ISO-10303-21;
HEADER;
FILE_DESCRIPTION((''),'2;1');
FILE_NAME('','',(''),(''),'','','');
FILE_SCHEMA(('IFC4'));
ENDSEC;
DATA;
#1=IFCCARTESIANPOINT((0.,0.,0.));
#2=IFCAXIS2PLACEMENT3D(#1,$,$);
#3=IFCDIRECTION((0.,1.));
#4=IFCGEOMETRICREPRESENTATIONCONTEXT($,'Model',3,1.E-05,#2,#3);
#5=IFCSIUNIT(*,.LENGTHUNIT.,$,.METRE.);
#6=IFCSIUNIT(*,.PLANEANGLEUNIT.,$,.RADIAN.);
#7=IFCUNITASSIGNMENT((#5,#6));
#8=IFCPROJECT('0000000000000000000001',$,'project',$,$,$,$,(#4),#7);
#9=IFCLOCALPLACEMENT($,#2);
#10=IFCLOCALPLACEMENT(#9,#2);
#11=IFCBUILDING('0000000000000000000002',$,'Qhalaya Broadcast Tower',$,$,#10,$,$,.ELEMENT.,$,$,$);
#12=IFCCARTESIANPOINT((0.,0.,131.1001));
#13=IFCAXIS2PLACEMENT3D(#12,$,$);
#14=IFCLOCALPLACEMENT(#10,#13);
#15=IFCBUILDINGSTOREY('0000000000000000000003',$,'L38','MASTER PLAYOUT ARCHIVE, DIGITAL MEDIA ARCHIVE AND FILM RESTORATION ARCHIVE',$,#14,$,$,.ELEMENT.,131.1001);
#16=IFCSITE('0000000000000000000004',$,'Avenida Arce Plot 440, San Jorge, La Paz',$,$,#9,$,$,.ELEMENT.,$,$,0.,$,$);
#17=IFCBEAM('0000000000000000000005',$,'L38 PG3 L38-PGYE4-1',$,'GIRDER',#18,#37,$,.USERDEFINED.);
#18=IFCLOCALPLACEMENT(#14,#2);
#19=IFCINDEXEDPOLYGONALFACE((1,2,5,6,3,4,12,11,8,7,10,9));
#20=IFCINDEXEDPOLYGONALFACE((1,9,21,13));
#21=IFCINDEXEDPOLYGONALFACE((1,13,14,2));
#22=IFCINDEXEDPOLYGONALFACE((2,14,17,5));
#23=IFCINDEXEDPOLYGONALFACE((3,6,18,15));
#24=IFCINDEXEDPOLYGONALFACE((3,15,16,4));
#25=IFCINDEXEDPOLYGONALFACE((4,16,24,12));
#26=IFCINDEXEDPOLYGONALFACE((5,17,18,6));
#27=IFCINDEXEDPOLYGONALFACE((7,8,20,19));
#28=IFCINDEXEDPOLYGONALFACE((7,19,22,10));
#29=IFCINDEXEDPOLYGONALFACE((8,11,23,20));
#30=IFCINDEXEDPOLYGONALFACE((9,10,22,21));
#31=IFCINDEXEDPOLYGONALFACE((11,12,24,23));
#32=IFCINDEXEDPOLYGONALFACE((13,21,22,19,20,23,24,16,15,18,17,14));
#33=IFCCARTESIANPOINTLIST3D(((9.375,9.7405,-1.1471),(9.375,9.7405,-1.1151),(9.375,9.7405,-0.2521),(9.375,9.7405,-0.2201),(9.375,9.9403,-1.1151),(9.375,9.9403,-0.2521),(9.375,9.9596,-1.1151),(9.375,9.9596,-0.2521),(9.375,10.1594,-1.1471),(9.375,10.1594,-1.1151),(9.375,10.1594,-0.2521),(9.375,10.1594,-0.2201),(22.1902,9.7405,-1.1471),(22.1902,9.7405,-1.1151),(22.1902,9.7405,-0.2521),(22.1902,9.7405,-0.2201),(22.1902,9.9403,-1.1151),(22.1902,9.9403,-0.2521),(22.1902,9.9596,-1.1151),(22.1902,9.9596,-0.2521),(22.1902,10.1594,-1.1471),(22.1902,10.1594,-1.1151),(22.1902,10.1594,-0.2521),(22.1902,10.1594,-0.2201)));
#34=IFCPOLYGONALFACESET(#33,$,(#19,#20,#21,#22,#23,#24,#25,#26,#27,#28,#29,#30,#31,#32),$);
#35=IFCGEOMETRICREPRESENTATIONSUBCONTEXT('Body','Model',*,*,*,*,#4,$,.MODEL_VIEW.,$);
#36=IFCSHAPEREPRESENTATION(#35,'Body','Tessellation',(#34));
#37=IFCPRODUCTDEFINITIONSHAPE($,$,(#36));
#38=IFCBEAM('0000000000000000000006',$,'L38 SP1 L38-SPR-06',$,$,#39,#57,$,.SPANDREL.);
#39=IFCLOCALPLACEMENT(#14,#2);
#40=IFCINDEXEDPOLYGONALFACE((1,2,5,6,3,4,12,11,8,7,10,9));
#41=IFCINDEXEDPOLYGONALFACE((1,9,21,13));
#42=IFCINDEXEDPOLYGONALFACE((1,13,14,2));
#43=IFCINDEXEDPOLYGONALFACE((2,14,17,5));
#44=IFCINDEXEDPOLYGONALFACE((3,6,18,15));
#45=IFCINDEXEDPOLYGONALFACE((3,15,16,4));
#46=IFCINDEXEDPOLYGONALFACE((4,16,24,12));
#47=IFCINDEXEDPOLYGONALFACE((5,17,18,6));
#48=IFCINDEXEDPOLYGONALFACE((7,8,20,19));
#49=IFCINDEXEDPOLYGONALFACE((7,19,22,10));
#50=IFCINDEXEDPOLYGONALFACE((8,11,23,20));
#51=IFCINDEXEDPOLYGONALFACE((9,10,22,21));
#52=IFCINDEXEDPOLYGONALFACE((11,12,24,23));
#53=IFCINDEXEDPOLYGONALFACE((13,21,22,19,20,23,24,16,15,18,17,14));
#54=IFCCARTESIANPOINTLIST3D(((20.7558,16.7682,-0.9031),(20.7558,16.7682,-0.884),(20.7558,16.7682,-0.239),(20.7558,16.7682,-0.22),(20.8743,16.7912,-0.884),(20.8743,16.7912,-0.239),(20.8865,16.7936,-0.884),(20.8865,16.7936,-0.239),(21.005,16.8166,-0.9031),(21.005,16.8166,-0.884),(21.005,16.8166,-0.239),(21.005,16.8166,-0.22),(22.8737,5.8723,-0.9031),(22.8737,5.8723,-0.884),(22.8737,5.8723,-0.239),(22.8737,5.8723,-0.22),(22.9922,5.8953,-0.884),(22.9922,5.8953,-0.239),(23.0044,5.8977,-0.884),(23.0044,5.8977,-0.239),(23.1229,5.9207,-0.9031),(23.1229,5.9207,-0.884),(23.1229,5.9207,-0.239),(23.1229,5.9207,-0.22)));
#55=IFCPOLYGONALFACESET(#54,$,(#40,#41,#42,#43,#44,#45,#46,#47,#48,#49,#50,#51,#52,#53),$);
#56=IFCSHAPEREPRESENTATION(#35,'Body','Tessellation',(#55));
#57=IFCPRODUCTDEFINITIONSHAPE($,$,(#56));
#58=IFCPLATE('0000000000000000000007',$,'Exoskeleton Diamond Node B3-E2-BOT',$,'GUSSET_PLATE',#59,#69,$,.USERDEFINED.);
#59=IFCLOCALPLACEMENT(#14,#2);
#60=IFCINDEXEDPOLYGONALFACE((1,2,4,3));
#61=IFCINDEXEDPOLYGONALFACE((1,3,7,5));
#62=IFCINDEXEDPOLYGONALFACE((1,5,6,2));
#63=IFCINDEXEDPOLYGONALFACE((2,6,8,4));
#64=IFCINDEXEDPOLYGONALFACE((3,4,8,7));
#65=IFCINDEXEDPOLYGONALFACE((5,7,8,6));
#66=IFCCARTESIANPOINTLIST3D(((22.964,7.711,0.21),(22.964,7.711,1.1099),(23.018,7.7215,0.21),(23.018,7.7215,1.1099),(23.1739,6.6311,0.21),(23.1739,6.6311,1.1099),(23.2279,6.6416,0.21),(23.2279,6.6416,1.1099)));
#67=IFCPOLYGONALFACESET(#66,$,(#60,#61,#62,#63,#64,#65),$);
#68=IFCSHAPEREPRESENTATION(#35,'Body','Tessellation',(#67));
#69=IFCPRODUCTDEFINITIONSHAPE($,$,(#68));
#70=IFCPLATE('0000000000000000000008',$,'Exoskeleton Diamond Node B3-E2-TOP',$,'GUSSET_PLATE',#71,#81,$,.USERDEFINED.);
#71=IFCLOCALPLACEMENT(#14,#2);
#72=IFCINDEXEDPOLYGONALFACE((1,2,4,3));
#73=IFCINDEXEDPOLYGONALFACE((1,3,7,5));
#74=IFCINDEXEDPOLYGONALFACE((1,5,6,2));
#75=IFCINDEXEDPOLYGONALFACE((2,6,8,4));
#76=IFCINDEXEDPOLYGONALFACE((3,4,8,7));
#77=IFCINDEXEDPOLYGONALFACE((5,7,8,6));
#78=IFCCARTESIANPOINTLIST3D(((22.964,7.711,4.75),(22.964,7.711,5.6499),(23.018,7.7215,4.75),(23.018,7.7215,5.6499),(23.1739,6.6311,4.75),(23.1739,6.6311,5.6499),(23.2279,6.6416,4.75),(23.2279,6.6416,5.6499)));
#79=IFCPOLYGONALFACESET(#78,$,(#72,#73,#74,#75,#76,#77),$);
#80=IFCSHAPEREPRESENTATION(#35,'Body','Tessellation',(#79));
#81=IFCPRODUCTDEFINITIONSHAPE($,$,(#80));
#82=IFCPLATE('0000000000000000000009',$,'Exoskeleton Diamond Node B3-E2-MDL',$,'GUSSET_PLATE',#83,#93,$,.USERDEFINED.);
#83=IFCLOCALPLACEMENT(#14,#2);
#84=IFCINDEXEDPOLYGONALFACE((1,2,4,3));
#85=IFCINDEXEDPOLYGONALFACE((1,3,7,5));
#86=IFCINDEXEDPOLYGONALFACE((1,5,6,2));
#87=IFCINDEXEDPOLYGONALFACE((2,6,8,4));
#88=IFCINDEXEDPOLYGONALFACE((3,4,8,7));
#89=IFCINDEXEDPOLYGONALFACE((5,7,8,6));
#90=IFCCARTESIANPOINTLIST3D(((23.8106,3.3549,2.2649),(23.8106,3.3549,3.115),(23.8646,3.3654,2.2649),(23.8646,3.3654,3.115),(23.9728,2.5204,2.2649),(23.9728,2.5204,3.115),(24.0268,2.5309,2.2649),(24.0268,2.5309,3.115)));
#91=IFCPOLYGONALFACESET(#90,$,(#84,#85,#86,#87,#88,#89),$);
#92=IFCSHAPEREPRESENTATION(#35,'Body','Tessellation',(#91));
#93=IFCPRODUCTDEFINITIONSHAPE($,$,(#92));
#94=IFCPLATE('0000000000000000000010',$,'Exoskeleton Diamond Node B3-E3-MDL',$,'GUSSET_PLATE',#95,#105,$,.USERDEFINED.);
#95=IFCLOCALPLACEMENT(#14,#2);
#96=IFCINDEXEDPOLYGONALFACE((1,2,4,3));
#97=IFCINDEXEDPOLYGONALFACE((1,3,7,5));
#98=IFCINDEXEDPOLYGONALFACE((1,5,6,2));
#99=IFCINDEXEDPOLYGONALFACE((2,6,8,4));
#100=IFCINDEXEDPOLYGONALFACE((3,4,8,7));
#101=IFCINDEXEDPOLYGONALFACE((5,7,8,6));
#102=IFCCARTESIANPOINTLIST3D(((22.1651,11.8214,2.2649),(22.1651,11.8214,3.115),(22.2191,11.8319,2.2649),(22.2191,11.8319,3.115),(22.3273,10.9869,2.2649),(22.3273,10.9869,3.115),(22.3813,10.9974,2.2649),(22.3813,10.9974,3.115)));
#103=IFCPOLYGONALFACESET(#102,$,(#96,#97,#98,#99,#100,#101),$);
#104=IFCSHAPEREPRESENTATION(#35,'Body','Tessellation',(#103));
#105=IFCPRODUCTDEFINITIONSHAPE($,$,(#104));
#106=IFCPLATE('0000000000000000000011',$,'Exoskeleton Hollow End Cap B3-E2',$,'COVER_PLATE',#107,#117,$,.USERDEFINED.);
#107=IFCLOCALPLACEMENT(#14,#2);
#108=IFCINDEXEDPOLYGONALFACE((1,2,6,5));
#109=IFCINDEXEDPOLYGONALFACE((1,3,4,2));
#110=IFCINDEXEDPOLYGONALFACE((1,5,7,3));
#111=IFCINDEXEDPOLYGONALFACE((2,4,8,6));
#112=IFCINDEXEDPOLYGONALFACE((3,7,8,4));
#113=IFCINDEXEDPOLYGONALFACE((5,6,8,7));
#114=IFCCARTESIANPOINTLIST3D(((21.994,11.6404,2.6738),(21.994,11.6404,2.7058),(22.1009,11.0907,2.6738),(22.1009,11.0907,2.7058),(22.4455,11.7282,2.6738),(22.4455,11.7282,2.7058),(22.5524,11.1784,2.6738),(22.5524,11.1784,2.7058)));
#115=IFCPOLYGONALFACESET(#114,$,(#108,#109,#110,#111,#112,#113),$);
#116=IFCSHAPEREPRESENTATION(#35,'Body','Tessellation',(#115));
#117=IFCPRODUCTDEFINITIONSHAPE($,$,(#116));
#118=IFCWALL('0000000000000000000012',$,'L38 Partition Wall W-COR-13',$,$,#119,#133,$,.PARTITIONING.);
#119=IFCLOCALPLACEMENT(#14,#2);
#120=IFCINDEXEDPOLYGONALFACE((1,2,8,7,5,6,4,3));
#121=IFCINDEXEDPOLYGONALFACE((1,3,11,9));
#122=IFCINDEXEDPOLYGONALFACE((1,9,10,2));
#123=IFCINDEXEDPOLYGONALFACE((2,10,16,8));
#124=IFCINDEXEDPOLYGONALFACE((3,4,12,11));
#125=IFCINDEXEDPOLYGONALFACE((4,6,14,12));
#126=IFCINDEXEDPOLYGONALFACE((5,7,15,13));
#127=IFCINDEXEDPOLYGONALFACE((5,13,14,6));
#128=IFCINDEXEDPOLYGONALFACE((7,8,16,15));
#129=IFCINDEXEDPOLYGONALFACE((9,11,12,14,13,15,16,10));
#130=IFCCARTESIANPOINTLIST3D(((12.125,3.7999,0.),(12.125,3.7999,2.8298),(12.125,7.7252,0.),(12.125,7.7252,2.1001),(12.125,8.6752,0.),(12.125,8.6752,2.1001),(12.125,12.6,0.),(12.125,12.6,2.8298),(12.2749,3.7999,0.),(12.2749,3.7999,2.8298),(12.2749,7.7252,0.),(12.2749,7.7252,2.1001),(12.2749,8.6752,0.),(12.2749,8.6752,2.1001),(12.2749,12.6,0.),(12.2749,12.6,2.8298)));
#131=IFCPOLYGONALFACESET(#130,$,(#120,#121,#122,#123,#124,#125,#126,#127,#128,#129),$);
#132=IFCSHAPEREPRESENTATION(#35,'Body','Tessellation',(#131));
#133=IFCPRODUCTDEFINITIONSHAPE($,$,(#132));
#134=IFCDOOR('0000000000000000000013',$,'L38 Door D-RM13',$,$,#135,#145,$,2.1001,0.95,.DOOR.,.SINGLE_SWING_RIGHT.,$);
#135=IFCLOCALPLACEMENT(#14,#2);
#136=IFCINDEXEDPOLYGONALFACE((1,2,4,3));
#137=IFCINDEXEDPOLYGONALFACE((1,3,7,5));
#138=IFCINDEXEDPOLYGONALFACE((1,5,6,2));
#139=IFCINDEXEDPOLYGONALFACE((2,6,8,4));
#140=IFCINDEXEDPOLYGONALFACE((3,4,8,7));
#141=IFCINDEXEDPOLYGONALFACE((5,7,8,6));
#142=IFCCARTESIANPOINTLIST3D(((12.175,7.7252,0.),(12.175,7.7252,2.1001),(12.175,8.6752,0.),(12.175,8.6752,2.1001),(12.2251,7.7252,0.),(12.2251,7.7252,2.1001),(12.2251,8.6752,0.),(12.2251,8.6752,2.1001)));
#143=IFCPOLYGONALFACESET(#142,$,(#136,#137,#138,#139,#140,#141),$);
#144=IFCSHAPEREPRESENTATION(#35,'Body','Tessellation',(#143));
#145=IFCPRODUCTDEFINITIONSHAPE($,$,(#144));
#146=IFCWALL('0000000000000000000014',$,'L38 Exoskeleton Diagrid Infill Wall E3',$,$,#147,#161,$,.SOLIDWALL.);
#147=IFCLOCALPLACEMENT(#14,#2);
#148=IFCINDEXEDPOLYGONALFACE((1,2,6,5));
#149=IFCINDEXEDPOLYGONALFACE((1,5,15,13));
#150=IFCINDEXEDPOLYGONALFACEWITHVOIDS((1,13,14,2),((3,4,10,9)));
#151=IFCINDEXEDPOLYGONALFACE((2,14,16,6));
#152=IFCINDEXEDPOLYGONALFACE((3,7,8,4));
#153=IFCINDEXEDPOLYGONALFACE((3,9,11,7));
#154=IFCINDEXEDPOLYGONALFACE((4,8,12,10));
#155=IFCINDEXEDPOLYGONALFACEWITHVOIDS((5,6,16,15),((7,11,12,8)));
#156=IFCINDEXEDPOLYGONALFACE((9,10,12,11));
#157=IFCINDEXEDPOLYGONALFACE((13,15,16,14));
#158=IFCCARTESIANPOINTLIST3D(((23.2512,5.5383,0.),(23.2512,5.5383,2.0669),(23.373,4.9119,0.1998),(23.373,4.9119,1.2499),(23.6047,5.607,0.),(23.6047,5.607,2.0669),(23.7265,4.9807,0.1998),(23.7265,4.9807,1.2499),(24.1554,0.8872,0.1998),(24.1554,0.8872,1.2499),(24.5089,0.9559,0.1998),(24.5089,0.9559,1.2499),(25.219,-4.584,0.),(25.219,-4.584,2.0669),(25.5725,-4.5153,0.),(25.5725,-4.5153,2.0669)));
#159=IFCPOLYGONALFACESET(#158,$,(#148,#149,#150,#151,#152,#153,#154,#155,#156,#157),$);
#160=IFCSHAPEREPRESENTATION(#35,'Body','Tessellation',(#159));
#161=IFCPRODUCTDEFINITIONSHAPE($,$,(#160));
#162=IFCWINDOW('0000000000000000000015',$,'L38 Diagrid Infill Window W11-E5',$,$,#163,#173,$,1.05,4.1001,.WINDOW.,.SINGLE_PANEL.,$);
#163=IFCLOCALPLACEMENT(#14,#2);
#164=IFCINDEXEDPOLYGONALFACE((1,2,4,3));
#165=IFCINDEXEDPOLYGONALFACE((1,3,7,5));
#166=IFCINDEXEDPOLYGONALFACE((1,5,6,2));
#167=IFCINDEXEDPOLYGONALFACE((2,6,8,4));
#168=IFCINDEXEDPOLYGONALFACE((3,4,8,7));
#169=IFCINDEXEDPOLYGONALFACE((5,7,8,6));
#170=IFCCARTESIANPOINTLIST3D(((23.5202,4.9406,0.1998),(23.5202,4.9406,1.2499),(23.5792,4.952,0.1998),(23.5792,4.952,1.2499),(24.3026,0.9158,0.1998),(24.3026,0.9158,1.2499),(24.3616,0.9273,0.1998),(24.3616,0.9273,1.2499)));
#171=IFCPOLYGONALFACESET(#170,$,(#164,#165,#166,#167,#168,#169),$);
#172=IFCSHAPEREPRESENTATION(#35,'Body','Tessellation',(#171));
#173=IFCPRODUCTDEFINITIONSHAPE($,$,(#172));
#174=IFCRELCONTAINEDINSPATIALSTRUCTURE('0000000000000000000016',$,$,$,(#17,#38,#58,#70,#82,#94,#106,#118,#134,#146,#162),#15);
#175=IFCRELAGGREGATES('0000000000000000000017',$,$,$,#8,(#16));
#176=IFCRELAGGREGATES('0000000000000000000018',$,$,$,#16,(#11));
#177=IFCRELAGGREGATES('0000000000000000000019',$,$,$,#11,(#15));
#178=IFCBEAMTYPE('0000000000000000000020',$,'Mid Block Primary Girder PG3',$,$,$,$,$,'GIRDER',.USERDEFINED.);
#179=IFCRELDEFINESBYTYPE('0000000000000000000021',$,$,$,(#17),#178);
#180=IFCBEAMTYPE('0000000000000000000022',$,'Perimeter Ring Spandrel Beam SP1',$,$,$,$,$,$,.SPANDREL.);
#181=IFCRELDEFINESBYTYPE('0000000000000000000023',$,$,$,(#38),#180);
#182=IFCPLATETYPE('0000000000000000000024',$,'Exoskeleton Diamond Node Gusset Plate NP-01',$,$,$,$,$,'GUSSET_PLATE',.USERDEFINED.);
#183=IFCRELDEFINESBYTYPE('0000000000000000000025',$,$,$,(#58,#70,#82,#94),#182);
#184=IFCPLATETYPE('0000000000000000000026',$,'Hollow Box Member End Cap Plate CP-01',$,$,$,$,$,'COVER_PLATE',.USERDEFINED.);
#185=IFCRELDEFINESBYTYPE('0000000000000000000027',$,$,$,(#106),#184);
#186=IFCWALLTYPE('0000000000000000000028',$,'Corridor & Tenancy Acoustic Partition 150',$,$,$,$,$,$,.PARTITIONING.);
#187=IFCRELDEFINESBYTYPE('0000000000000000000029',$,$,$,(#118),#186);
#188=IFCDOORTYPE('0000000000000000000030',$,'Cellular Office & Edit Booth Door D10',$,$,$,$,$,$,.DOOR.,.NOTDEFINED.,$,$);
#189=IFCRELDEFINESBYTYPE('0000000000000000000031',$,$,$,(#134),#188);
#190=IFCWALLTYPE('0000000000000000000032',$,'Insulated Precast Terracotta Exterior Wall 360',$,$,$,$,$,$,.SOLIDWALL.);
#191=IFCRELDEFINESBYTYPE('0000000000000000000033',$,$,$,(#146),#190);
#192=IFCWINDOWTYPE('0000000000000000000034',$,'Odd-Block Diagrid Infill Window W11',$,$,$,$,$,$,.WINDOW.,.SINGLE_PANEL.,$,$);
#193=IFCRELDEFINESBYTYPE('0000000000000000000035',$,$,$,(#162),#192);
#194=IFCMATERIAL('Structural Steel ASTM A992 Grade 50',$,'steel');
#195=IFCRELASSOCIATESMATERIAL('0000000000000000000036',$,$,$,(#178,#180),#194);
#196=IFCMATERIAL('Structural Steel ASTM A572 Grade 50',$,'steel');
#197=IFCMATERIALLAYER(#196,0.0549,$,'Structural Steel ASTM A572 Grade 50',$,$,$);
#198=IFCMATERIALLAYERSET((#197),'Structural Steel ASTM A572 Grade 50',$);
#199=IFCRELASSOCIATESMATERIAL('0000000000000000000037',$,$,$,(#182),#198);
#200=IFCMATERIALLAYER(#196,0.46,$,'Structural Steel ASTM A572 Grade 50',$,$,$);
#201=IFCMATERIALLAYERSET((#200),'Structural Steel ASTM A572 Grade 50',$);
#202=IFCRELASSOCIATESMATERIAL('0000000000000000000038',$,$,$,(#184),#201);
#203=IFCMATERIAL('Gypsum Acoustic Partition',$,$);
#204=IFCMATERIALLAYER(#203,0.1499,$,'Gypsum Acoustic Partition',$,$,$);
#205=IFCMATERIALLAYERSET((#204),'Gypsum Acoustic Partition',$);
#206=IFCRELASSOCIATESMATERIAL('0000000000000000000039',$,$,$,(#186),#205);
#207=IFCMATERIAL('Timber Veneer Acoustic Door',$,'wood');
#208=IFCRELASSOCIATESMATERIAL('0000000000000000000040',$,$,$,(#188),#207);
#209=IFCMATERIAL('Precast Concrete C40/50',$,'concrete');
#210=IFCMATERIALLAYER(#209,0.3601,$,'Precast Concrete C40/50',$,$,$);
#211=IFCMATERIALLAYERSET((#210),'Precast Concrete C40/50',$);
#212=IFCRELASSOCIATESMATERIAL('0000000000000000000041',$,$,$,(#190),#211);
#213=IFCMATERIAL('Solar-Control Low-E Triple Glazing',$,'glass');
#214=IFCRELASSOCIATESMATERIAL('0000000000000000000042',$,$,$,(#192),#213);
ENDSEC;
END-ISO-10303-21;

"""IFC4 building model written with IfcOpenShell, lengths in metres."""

from ifc_helpers import new_model, si_unit, direction, frame, frame_2d, origin, origin_2d, place, context, subcontext, project, spatial, rectangle, i_section, extrude, material, layer, layer_set, material_profile, profile_set, type_object, element, fill, save


model = new_model("IFC4")

# Units and contexts
model_context = context("Model", 3, precision=1e-05, world=origin(), true_north=direction((0.0, 1.0)))
body_context = subcontext(model_context, "Body", "Model", "MODEL_VIEW")
ifc_project = project(units=[si_unit("LENGTHUNIT", "METRE"), si_unit("PLANEANGLEUNIT", "RADIAN")], contexts=[model_context])

# Site, building, storey
site_placement = place(None, origin())
site = spatial("IfcSite", under=ifc_project, at=site_placement, Name="Avenida Arce Plot 440, San Jorge, La Paz", CompositionType="ELEMENT", RefElevation=0.0)
building_placement = place(site_placement, origin())
building = spatial("IfcBuilding", under=site, at=building_placement, Name="Qhalaya Broadcast Tower", CompositionType="ELEMENT")
storey_placement = place(building_placement, frame((0.0, 0.0, 131.1001)))
storey = spatial("IfcBuildingStorey", under=building, at=storey_placement, Name="L38", Description="MASTER PLAYOUT ARCHIVE, DIGITAL MEDIA ARCHIVE AND FILM RESTORATION ARCHIVE", CompositionType="ELEMENT", Elevation=131.1001)

# Shared definitions
ifc_material_1 = material(Name="Structural Steel ASTM A572 Grade 50", Category="steel")

# Shared definitions
ifc_material_2 = material(Name="Structural Steel ASTM A992 Grade 50", Category="steel")

# Beams
ifc_material_profile_1 = material_profile(ifc_material_2, i_section(OverallWidth=0.4189, OverallDepth=0.927, WebThickness=0.0193, FlangeThickness=0.032, at=origin_2d()), Name="W36X231")
ifc_profile_set_1 = profile_set([ifc_material_profile_1], Name="Structural Steel ASTM A992 Grade 50")
beam_type_1 = type_object("IfcBeamType", Name="Mid Block Primary Girder PG3", ElementType="GIRDER", PredefinedType="USERDEFINED", material=ifc_profile_set_1)
beam_1_placement = place(storey_placement, frame((9.375, 9.95, -0.6836), z_axis=(1.0, 0.0, 0.0), x_axis=(0.0, 1.0, 0.0)))
element("IfcBeam", 1, at=beam_1_placement, inside=storey, type_object=beam_type_1, Name="L38 PG3 L38-PGYE4-1", ObjectType="GIRDER", PredefinedType="USERDEFINED", context=body_context, shape_type="SweptSolid", body=[
    extrude(i_section(OverallWidth=0.4189, OverallDepth=0.927, WebThickness=0.0193, FlangeThickness=0.032, at=origin_2d()), origin(), (0.0, 0.0, 1.0), 12.8152),
])
ifc_material_profile_2 = material_profile(ifc_material_2, i_section(OverallWidth=0.2539, OverallDepth=0.6831, WebThickness=0.0125, FlangeThickness=0.019, at=origin_2d()), Name="W27X94")
ifc_profile_set_2 = profile_set([ifc_material_profile_2], Name="Structural Steel ASTM A992 Grade 50")
beam_type_2 = type_object("IfcBeamType", Name="Perimeter Ring Spandrel Beam SP1", PredefinedType="SPANDREL", material=ifc_profile_set_2)
beam_2_placement = place(storey_placement, frame((22.9983, 5.8965, -0.5615), z_axis=(-0.190805, 0.981628, 0.0), x_axis=(-0.981628, -0.190805, 0.0)))
element("IfcBeam", 2, at=beam_2_placement, inside=storey, type_object=beam_type_2, Name="L38 SP1 L38-SPR-06", PredefinedType="SPANDREL", context=body_context, shape_type="SweptSolid", body=[
    extrude(i_section(OverallWidth=0.2539, OverallDepth=0.6831, WebThickness=0.0125, FlangeThickness=0.019, at=origin_2d()), origin(), (0.0, 0.0, 1.0), 11.0999),
])

# Plates
ifc_layer_1 = layer(ifc_material_1, 0.0549, Name="Structural Steel ASTM A572 Grade 50")
ifc_layer_set_1 = layer_set([ifc_layer_1], Name="Structural Steel ASTM A572 Grade 50")
plate_type_1 = type_object("IfcPlateType", Name="Exoskeleton Diamond Node Gusset Plate NP-01", ElementType="GUSSET_PLATE", PredefinedType="USERDEFINED", material=ifc_layer_set_1)
for number, where, z_axis, x_axis, name in (
    (3, (23.0959, 7.1763, 0.21), (0.0, 0.0, 1.0), (-0.190809, 0.981627, 0.0), "Exoskeleton Diamond Node B3-E2-BOT"),
    (4, (23.0959, 7.1763, 4.75), (0.0, 0.0, 1.0), (-0.190809, 0.981627, 0.0), "Exoskeleton Diamond Node B3-E2-TOP"),
):
    element("IfcPlate", number, at=place(storey_placement, frame(where, z_axis=z_axis, x_axis=x_axis)), inside=storey, type_object=plate_type_1, Name=name, ObjectType="GUSSET_PLATE", PredefinedType="USERDEFINED", context=body_context, shape_type="SweptSolid", body=[
        extrude(rectangle(XDim=1.1001, YDim=0.0549, at=origin_2d()), origin(), (0.0, 0.0, 1.0), 0.8999),
    ])
for number, where, z_axis, x_axis, name in (
    (5, (23.9187, 2.9429, 2.2649), (0.0, 0.0, 1.0), (-0.190809, 0.981627, 0.0), "Exoskeleton Diamond Node B3-E2-MDL"),
    (6, (22.2732, 11.4094, 2.2649), (0.0, 0.0, 1.0), (-0.190809, 0.981627, 0.0), "Exoskeleton Diamond Node B3-E3-MDL"),
):
    element("IfcPlate", number, at=place(storey_placement, frame(where, z_axis=z_axis, x_axis=x_axis)), inside=storey, type_object=plate_type_1, Name=name, ObjectType="GUSSET_PLATE", PredefinedType="USERDEFINED", context=body_context, shape_type="SweptSolid", body=[
        extrude(rectangle(XDim=0.8501, YDim=0.0549, at=origin_2d()), origin(), (0.0, 0.0, 1.0), 0.8501),
    ])
ifc_layer_2 = layer(ifc_material_1, 0.46, Name="Structural Steel ASTM A572 Grade 50")
ifc_layer_set_2 = layer_set([ifc_layer_2], Name="Structural Steel ASTM A572 Grade 50")
plate_type_2 = type_object("IfcPlateType", Name="Hollow Box Member End Cap Plate CP-01", ElementType="COVER_PLATE", PredefinedType="USERDEFINED", material=ifc_layer_set_2)
plate_placement = place(storey_placement, frame((22.2732, 11.4094, 2.6738), z_axis=(0.0, 0.0, 1.0), x_axis=(-0.190809, 0.981627, 0.0)))
element("IfcPlate", 7, at=plate_placement, inside=storey, type_object=plate_type_2, Name="Exoskeleton Hollow End Cap B3-E2", ObjectType="COVER_PLATE", PredefinedType="USERDEFINED", context=body_context, shape_type="SweptSolid", body=[
    extrude(rectangle(XDim=0.5601, YDim=0.46, at=origin_2d()), origin(), (0.0, 0.0, 1.0), 0.032),
])

# Wall, opening, door
ifc_material_3 = material(Name="Gypsum Acoustic Partition")
ifc_layer_3 = layer(ifc_material_3, 0.1499, Name="Gypsum Acoustic Partition")
ifc_layer_set_3 = layer_set([ifc_layer_3], Name="Gypsum Acoustic Partition")
wall_type_1 = type_object("IfcWallType", Name="Corridor & Tenancy Acoustic Partition 150", PredefinedType="PARTITIONING", material=ifc_layer_set_3)
wall_1_placement = place(storey_placement, frame((12.2, 3.8, 0.0), z_axis=(0.0, 0.0, 1.0), x_axis=(0.0, 1.0, 0.0)))
wall_1 = element("IfcWall", 8, at=wall_1_placement, inside=storey, type_object=wall_type_1, Name="L38 Partition Wall W-COR-13", PredefinedType="PARTITIONING", context=body_context, shape_type="SweptSolid", body=[
    extrude(rectangle(XDim=8.8, YDim=0.1499, at=frame_2d((4.3999, 0.0))), origin(), (0.0, 0.0, 1.0), 2.8298),
])
opening_1_placement = place(wall_1_placement, frame((3.925, 0.0, 0.0)))
opening_1 = element("IfcOpeningElement", 9, at=opening_1_placement, cuts=wall_1, PredefinedType="OPENING", context=body_context, shape_type="SweptSolid", body=[
    extrude(rectangle(XDim=0.95, YDim=2.1001, at=frame_2d((0.4751, 1.05))), frame((0.0, 0.0869, 0.0), z_axis=(0.0, -1.0, 0.0), x_axis=(1.0, 0.0, 0.0)), (0.0, 0.0, 1.0), 0.1738),
])
ifc_material_4 = material(Name="Timber Veneer Acoustic Door", Category="wood")
door_type = type_object("IfcDoorType", Name="Cellular Office & Edit Booth Door D10", OperationType="NOTDEFINED", PredefinedType="DOOR", material=ifc_material_4)
door_placement = place(opening_1_placement, origin())
door = element("IfcDoor", 10, at=door_placement, inside=storey, type_object=door_type, Name="L38 Door D-RM13", OperationType="SINGLE_SWING_RIGHT", OverallHeight=2.1001, OverallWidth=0.95, PredefinedType="DOOR", context=body_context, shape_type="SweptSolid", body=[
    extrude(rectangle(XDim=0.95, YDim=2.1001, at=frame_2d((0.4751, 1.05))), frame((0.0, 0.0249, 0.0), z_axis=(0.0, -1.0, 0.0), x_axis=(1.0, 0.0, 0.0)), (0.0, 0.0, 1.0), 0.05),
])
fill(opening_1, door)

# Wall, opening, window
ifc_material_5 = material(Name="Precast Concrete C40/50", Category="concrete")
ifc_layer_4 = layer(ifc_material_5, 0.3601, Name="Precast Concrete C40/50")
ifc_layer_set_4 = layer_set([ifc_layer_4], Name="Precast Concrete C40/50")
wall_type_2 = type_object("IfcWallType", Name="Insulated Precast Terracotta Exterior Wall 360", PredefinedType="SOLIDWALL", material=ifc_layer_set_4)
wall_2_placement = place(storey_placement, frame((23.428, 5.5725, 0.0), z_axis=(0.0, 0.0, 1.0), x_axis=(0.190827, -0.981624, 0.0)))
wall_2 = element("IfcWall", 11, at=wall_2_placement, inside=storey, type_object=wall_type_2, Name="L38 Exoskeleton Diagrid Infill Wall E3", PredefinedType="SOLIDWALL", context=body_context, shape_type="SweptSolid", body=[
    extrude(rectangle(XDim=10.3118, YDim=0.3601, at=frame_2d((5.1558, 0.0))), origin(), (0.0, 0.0, 1.0), 2.0669),
])
opening_2_placement = place(wall_2_placement, frame((0.6379, 0.0, 0.2)))
opening_2 = element("IfcOpeningElement", 12, at=opening_2_placement, cuts=wall_2, PredefinedType="OPENING", context=body_context, shape_type="SweptSolid", body=[
    extrude(rectangle(XDim=4.1001, YDim=1.05, at=frame_2d((2.05, 0.5249))), frame((0.0, 0.1921, 0.0), z_axis=(0.0, -1.0, 0.0), x_axis=(1.0, 0.0, 0.0)), (0.0, 0.0, 1.0), 0.384),
])
ifc_material_6 = material(Name="Solar-Control Low-E Triple Glazing", Category="glass")
window_type = type_object("IfcWindowType", Name="Odd-Block Diagrid Infill Window W11", PartitioningType="SINGLE_PANEL", PredefinedType="WINDOW", material=ifc_material_6)
window_placement = place(opening_2_placement, origin())
window = element("IfcWindow", 13, at=window_placement, inside=storey, type_object=window_type, Name="L38 Diagrid Infill Window W11-E5", OverallHeight=1.05, OverallWidth=4.1001, PartitioningType="SINGLE_PANEL", PredefinedType="WINDOW", context=body_context, shape_type="SweptSolid", body=[
    extrude(rectangle(XDim=4.1001, YDim=1.05, at=frame_2d((2.05, 0.5249))), frame((0.0, 0.03, 0.0), z_axis=(0.0, -1.0, 0.0), x_axis=(1.0, 0.0, 0.0)), (0.0, 0.0, 1.0), 0.0601),
])
fill(opening_2, window)

save(model, "model.ifc")
